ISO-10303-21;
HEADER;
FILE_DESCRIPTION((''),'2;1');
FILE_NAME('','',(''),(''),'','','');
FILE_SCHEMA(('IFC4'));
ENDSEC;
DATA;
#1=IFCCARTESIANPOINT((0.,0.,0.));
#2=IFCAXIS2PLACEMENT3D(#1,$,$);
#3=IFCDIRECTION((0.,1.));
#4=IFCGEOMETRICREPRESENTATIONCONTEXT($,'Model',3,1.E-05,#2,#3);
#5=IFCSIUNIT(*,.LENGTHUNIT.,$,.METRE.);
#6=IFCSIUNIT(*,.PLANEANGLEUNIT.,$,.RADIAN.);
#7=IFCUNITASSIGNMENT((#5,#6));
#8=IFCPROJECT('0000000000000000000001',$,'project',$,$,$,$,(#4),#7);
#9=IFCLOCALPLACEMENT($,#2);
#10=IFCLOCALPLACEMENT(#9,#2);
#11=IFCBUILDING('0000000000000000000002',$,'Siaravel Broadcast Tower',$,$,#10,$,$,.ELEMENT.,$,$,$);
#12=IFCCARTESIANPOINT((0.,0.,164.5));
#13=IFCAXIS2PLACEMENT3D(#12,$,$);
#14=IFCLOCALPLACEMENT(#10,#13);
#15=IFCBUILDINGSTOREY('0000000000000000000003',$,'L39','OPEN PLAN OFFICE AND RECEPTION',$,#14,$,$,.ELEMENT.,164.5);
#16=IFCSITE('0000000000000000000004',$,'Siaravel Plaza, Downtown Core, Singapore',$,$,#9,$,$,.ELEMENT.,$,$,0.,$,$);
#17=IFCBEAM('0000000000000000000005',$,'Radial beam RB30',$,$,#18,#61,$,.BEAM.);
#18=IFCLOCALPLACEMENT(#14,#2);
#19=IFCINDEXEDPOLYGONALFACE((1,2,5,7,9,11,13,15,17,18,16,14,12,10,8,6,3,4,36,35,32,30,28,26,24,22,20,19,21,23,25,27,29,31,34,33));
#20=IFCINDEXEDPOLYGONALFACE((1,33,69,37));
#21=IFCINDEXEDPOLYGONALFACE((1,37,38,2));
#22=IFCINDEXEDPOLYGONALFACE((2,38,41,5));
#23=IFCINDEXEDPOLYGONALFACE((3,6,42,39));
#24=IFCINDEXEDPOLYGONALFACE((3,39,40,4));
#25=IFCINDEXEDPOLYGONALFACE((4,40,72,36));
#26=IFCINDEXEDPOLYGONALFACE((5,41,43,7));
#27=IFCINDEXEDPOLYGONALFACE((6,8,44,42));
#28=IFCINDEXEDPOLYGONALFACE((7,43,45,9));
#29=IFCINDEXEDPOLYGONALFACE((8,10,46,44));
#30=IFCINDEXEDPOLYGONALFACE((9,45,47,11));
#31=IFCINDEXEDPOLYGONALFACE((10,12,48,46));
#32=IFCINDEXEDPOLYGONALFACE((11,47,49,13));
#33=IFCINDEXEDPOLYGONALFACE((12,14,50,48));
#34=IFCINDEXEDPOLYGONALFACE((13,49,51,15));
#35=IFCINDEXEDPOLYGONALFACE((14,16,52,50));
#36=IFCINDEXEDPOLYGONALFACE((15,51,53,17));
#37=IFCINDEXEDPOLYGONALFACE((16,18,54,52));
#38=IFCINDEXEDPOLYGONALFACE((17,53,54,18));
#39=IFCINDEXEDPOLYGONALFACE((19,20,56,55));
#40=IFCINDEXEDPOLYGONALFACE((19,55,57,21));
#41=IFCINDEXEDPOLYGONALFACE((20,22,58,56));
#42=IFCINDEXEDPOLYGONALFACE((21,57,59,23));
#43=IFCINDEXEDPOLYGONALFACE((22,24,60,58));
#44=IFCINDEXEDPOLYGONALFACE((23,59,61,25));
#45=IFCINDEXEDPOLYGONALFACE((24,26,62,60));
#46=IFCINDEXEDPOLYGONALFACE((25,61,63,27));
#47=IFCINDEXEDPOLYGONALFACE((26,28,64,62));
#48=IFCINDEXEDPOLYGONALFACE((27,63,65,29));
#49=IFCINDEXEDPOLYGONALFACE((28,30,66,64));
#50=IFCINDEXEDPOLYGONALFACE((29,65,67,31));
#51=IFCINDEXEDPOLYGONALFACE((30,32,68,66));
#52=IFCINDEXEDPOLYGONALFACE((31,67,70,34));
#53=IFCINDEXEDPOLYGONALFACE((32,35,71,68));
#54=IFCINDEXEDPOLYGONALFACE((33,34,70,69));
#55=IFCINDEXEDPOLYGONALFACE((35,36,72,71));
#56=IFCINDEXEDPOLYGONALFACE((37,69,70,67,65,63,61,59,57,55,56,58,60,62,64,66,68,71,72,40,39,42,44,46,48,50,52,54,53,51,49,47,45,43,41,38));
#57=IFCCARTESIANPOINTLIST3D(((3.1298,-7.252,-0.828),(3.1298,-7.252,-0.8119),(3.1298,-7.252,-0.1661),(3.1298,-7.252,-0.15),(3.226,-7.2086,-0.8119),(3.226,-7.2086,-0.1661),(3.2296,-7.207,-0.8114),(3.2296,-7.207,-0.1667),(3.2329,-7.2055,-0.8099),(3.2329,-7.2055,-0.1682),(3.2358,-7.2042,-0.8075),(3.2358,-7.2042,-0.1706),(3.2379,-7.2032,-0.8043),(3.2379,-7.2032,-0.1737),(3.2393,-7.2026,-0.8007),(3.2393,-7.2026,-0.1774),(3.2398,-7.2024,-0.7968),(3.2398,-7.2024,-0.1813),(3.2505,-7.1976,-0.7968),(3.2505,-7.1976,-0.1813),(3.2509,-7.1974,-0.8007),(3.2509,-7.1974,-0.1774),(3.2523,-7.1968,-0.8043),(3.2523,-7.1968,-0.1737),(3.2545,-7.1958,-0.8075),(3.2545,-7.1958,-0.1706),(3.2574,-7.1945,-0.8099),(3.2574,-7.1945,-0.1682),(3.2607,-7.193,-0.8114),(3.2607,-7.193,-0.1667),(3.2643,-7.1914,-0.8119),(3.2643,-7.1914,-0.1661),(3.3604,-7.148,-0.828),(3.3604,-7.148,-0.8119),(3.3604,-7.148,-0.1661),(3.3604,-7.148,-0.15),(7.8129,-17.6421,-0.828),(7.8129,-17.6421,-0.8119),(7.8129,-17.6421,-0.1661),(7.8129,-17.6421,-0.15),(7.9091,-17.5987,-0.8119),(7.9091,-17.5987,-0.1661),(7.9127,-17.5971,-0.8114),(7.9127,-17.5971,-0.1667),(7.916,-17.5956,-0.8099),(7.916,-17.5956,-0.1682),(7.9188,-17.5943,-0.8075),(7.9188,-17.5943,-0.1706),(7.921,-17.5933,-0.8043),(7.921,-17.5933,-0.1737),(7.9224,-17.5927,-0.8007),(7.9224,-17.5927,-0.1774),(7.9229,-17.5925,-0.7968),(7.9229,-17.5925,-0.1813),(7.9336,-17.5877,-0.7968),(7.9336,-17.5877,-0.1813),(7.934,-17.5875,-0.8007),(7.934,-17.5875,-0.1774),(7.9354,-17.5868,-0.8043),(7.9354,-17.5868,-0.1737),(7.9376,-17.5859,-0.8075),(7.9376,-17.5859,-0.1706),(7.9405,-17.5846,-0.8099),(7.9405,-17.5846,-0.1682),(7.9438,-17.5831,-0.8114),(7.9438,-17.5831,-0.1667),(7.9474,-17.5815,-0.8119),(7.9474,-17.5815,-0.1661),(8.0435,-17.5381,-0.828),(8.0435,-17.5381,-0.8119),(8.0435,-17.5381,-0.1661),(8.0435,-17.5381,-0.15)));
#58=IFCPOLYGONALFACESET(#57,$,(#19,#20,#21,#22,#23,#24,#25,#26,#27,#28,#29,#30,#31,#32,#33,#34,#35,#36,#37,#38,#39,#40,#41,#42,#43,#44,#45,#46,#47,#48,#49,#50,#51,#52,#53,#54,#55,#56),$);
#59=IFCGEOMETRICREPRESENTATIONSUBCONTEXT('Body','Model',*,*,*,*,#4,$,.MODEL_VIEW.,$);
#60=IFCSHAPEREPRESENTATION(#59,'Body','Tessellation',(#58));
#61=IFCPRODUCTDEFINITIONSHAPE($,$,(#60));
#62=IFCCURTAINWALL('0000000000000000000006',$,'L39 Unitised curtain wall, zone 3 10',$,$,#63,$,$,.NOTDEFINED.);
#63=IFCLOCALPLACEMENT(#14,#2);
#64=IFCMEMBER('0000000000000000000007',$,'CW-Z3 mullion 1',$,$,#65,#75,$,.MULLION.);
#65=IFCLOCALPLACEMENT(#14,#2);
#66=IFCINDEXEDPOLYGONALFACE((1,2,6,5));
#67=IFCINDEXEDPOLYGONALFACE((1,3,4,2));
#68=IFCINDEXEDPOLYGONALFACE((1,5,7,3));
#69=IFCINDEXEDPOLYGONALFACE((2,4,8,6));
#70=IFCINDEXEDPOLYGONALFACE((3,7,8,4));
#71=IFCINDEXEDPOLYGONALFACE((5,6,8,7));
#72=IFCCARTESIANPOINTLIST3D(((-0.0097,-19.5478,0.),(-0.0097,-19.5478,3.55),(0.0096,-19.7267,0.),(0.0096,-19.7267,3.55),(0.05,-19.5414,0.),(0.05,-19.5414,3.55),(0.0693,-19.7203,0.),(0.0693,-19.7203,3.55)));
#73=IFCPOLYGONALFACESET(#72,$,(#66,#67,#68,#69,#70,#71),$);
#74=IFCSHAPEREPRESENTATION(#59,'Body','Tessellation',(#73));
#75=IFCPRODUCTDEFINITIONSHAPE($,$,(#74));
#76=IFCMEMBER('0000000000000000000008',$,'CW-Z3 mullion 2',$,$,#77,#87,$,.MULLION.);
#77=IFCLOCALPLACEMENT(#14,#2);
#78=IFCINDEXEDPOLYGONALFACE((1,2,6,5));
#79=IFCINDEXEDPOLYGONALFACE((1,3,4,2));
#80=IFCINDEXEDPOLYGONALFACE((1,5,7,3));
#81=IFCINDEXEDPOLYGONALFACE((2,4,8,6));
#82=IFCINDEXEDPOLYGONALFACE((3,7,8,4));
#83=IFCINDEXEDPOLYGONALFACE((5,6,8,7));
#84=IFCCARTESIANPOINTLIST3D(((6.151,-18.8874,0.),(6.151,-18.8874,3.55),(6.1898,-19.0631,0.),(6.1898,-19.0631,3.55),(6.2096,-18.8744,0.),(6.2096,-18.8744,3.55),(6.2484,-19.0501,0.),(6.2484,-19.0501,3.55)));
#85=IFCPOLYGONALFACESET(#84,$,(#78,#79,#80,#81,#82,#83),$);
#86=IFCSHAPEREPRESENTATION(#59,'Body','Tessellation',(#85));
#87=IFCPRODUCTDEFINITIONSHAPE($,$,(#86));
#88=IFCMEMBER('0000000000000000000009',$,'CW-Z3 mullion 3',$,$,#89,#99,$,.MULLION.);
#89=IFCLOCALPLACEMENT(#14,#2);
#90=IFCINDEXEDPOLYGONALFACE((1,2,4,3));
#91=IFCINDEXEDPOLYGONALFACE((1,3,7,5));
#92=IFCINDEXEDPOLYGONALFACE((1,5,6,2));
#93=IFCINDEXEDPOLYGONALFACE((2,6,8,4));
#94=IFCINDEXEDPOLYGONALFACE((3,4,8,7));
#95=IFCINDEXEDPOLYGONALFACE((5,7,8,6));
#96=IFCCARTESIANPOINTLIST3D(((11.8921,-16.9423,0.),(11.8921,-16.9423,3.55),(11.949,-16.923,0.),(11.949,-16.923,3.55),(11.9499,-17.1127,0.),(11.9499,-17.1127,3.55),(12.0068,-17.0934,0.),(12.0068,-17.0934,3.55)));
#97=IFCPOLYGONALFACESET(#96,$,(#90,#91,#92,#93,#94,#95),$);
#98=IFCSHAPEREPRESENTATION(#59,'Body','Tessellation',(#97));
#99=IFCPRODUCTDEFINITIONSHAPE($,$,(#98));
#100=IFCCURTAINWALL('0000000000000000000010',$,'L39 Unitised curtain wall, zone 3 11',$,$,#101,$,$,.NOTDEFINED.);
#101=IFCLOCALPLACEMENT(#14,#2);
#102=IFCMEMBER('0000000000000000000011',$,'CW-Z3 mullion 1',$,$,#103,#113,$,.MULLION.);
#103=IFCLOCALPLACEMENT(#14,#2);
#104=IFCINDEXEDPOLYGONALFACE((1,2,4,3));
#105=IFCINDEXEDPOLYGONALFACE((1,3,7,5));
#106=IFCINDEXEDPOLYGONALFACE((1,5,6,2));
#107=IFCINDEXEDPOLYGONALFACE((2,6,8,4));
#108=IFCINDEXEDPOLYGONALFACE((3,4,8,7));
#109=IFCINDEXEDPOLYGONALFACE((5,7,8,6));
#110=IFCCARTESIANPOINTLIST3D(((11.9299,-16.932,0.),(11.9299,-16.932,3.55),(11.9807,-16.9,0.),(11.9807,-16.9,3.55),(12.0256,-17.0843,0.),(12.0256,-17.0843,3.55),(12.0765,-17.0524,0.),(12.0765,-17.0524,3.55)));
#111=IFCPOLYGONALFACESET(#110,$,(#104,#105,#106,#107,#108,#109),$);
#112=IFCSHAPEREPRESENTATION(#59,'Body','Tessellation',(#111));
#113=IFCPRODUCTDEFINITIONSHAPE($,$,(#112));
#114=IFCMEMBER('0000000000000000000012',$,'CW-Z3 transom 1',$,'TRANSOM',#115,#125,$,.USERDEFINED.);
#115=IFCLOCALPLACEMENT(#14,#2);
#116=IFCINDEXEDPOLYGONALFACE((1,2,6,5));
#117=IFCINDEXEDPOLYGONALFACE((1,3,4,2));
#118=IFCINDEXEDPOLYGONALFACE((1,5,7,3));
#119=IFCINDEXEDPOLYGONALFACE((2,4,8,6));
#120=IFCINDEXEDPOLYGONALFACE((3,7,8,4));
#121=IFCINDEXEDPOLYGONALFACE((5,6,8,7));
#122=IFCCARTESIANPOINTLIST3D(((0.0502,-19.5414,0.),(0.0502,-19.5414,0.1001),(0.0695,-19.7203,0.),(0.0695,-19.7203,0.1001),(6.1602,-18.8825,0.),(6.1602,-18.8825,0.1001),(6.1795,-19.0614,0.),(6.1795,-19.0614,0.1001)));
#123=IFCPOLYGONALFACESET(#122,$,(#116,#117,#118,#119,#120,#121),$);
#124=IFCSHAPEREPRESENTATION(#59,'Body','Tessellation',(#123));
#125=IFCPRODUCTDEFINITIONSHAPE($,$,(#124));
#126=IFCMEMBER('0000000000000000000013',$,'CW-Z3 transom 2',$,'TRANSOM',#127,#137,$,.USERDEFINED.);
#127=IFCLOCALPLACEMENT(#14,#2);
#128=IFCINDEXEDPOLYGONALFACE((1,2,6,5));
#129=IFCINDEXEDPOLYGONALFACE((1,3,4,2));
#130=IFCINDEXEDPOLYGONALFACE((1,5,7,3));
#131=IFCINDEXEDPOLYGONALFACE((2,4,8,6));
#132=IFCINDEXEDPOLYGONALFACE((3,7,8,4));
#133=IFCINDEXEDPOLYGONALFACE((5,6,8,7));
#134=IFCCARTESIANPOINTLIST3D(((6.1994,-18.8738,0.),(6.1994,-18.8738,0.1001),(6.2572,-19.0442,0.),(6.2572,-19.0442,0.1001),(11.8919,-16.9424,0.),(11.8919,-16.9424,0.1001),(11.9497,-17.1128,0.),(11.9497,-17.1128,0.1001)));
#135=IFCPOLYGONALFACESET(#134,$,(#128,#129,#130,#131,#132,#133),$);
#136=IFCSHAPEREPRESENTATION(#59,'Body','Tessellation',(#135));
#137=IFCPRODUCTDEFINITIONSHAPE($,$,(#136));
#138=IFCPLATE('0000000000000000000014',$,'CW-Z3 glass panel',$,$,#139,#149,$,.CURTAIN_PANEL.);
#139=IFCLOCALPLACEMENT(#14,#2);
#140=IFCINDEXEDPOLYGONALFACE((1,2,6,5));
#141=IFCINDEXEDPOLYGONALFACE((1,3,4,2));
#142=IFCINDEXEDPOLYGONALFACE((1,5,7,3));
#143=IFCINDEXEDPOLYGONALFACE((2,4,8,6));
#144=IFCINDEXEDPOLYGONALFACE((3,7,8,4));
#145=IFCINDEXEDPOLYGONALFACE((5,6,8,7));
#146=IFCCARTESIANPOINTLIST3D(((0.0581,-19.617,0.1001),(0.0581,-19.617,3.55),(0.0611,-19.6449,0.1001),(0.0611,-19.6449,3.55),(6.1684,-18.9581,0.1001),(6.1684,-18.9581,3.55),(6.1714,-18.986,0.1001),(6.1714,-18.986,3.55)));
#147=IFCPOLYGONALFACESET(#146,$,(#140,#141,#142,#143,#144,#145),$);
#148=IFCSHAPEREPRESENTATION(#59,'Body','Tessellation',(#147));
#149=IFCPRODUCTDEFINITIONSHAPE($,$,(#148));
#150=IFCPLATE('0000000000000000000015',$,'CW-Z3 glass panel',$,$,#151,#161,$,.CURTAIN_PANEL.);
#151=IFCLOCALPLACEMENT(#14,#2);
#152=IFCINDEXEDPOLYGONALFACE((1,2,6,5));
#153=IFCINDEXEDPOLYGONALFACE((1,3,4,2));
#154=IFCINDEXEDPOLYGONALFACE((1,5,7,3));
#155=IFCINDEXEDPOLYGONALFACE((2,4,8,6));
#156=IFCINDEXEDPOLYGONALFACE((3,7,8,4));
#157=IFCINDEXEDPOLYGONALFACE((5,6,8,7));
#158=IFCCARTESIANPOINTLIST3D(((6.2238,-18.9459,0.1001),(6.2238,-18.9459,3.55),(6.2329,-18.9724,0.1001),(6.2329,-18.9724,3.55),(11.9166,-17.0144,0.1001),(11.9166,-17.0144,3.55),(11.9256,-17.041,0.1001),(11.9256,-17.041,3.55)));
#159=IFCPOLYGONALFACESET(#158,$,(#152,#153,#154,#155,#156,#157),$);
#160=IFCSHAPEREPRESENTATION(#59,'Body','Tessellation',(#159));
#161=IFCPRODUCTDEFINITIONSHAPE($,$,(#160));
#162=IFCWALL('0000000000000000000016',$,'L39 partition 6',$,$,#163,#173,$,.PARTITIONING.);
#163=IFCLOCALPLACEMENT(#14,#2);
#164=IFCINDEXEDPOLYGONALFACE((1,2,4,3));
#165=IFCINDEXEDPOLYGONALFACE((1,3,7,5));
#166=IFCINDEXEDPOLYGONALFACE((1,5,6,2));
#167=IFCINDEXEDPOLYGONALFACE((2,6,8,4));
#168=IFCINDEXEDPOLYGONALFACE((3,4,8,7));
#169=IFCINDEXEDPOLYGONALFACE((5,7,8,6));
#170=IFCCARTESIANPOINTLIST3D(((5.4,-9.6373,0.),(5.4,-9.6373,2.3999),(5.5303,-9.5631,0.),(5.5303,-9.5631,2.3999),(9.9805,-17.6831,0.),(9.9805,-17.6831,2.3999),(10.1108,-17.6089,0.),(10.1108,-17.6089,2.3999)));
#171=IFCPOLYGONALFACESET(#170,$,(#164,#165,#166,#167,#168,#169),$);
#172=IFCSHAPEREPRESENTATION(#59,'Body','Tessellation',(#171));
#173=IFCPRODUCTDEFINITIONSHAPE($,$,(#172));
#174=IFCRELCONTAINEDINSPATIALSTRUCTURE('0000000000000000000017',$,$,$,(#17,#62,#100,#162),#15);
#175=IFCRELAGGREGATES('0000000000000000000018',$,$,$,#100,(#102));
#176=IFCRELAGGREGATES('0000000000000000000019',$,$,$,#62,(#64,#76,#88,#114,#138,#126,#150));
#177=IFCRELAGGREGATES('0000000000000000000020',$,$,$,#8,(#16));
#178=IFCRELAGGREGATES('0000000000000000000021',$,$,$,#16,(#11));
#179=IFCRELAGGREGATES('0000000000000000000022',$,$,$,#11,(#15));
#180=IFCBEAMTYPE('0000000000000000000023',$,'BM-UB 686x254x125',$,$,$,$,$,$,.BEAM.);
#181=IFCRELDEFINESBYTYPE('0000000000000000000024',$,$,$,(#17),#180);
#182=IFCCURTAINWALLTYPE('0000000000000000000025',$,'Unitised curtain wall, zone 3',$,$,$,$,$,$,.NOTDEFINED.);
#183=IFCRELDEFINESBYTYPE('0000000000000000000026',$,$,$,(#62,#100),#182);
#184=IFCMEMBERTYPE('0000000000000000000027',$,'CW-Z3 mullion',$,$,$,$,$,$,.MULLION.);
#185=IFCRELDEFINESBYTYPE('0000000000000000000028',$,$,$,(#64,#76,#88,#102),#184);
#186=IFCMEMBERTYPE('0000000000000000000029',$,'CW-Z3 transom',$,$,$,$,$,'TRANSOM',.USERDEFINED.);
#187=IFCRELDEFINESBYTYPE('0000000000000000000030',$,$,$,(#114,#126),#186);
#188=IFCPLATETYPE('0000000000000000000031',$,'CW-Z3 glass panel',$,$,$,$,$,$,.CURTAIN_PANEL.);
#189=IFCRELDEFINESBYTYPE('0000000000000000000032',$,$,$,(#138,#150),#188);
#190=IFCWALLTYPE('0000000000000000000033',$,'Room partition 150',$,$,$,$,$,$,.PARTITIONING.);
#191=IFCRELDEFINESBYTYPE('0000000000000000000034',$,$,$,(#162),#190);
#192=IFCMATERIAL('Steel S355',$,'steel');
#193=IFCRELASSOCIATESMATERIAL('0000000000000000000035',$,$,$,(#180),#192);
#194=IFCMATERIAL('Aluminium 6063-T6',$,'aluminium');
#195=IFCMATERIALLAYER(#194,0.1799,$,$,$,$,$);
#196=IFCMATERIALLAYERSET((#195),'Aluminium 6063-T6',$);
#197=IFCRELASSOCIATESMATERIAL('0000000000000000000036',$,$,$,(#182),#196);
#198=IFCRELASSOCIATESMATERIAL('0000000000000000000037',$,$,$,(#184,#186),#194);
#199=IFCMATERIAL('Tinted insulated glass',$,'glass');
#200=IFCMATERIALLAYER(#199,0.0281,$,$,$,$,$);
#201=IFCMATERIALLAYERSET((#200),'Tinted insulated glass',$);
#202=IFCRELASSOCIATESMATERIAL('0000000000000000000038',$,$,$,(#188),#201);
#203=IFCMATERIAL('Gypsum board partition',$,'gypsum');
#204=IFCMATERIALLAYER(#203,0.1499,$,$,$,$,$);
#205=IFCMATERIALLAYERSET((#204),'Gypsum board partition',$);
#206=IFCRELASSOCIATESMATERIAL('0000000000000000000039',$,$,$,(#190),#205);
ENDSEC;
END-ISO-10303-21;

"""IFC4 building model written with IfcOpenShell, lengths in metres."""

from ifc_helpers import new_model, si_unit, direction, frame, frame_2d, origin, origin_2d, place, context, subcontext, project, spatial, rectangle, i_section, extrude, material, layer, layer_set, material_profile, profile_set, type_object, element, aggregate, save


model = new_model("IFC4")

# Units and contexts
model_context = context("Model", 3, precision=1e-05, world=origin(), true_north=direction((0.0, 1.0)))
body_context = subcontext(model_context, "Body", "Model", "MODEL_VIEW")
ifc_project = project(units=[si_unit("LENGTHUNIT", "METRE"), si_unit("PLANEANGLEUNIT", "RADIAN")], contexts=[model_context])

# Site, building, storey
site_placement = place(None, origin())
site = spatial("IfcSite", under=ifc_project, at=site_placement, Name="Siaravel Plaza, Downtown Core, Singapore", CompositionType="ELEMENT", RefElevation=0.0)
building_placement = place(site_placement, origin())
building = spatial("IfcBuilding", under=site, at=building_placement, Name="Siaravel Broadcast Tower", CompositionType="ELEMENT")
storey_placement = place(building_placement, frame((0.0, 0.0, 164.5)))
storey = spatial("IfcBuildingStorey", under=building, at=storey_placement, Name="L39", Description="OPEN PLAN OFFICE AND RECEPTION", CompositionType="ELEMENT", Elevation=164.5)

# Beam
ifc_material_1 = material(Name="Steel S355", Category="steel")
ifc_material_profile_1 = material_profile(ifc_material_1, i_section(OverallWidth=0.2529, OverallDepth=0.678, WebThickness=0.0117, FlangeThickness=0.0161, FilletRadius=0.0151, at=origin_2d()))
ifc_profile_set_1 = profile_set([ifc_material_profile_1], Name="Steel S355")
beam_type = type_object("IfcBeamType", Name="BM-UB 686x254x125", PredefinedType="BEAM", material=ifc_profile_set_1)
beam_1_placement = place(storey_placement, frame((7.9282, -17.5901, -0.489), z_axis=(-0.410915, 0.911674, 0.0), x_axis=(-0.911674, -0.410915, 0.0)))
element("IfcBeam", 1, at=beam_1_placement, inside=storey, type_object=beam_type, Name="Radial beam RB30", PredefinedType="BEAM", context=body_context, shape_type="SweptSolid", body=[
    extrude(i_section(OverallWidth=0.2529, OverallDepth=0.678, WebThickness=0.0117, FlangeThickness=0.0161, FilletRadius=0.0151, at=origin_2d()), origin(), (0.0, 0.0, 1.0), 11.3967),
])

# Curtain wall, members
ifc_material_2 = material(Name="Aluminium 6063-T6", Category="aluminium")
ifc_layer_1 = layer(ifc_material_2, 0.1799)
ifc_layer_set_1 = layer_set([ifc_layer_1], Name="Aluminium 6063-T6")
curtain_wall_type = type_object("IfcCurtainWallType", Name="Unitised curtain wall, zone 3", PredefinedType="NOTDEFINED", material=ifc_layer_set_1)
curtain_wall_1_placement = place(storey_placement, origin())
curtain_wall_1 = element("IfcCurtainWall", 2, at=curtain_wall_1_placement, inside=storey, type_object=curtain_wall_type, Name="L39 Unitised curtain wall, zone 3 10", PredefinedType="NOTDEFINED")
ifc_material_profile_2 = material_profile(ifc_material_2, rectangle(XDim=0.1799, YDim=0.0601, at=origin_2d()))
ifc_profile_set_2 = profile_set([ifc_material_profile_2], Name="Aluminium 6063-T6")
member_type_1 = type_object("IfcMemberType", Name="CW-Z3 mullion", PredefinedType="MULLION", material=ifc_profile_set_2)
member_1_placement = place(storey_placement, frame((0.0298, -19.634, 0.0), z_axis=(0.0, 0.0, 1.0), x_axis=(-0.107218, 0.994236, 0.0)))
member_1 = element("IfcMember", 3, at=member_1_placement, type_object=member_type_1, Name="CW-Z3 mullion 1", PredefinedType="MULLION", context=body_context, shape_type="SweptSolid", body=[
    extrude(rectangle(XDim=0.1799, YDim=0.0601, at=origin_2d()), origin(), (0.0, 0.0, 1.0), 3.55),
])
member_2_placement = place(storey_placement, frame((6.1997, -18.9688, 0.0), z_axis=(0.0, 0.0, 1.0), x_axis=(-0.215559, 0.976491, 0.0)))
member_2 = element("IfcMember", 4, at=member_2_placement, type_object=member_type_1, Name="CW-Z3 mullion 2", PredefinedType="MULLION", context=body_context, shape_type="SweptSolid", body=[
    extrude(rectangle(XDim=0.1799, YDim=0.0601, at=origin_2d()), origin(), (0.0, 0.0, 1.0), 3.55),
])
member_3_placement = place(storey_placement, frame((11.9495, -17.0178, 0.0), z_axis=(0.0, 0.0, 1.0), x_axis=(-0.321301, 0.946977, 0.0)))
member_3 = element("IfcMember", 5, at=member_3_placement, type_object=member_type_1, Name="CW-Z3 mullion 3", PredefinedType="MULLION", context=body_context, shape_type="SweptSolid", body=[
    extrude(rectangle(XDim=0.1799, YDim=0.0601, at=origin_2d()), origin(), (0.0, 0.0, 1.0), 3.55),
])

# Curtain wall, member
curtain_wall_2_placement = place(storey_placement, origin())
curtain_wall_2 = element("IfcCurtainWall", 6, at=curtain_wall_2_placement, inside=storey, type_object=curtain_wall_type, Name="L39 Unitised curtain wall, zone 3 11", PredefinedType="NOTDEFINED")
member_4_placement = place(storey_placement, frame((12.0032, -16.9922, 0.0), z_axis=(0.0, 0.0, 1.0), x_axis=(-0.53215, 0.84665, 0.0)))
member_4 = element("IfcMember", 7, at=member_4_placement, type_object=member_type_1, Name="CW-Z3 mullion 1", PredefinedType="MULLION", context=body_context, shape_type="SweptSolid", body=[
    extrude(rectangle(XDim=0.1799, YDim=0.0601, at=origin_2d()), origin(), (0.0, 0.0, 1.0), 3.55),
])
aggregate(curtain_wall_2, [member_4])

# Members
ifc_material_profile_3 = material_profile(ifc_material_2, rectangle(XDim=0.1799, YDim=0.1001, at=origin_2d()))
ifc_profile_set_3 = profile_set([ifc_material_profile_3], Name="Aluminium 6063-T6")
member_type_2 = type_object("IfcMemberType", Name="CW-Z3 transom", ElementType="TRANSOM", PredefinedType="USERDEFINED", material=ifc_profile_set_3)
member_5_placement = place(storey_placement, frame((0.0598, -19.6309, 0.05), z_axis=(0.994235, 0.107222, 0.0), x_axis=(-0.107222, 0.994235, 0.0)))
member_5 = element("IfcMember", 8, at=member_5_placement, type_object=member_type_2, Name="CW-Z3 transom 1", ObjectType="TRANSOM", PredefinedType="USERDEFINED", context=body_context, shape_type="SweptSolid", body=[
    extrude(rectangle(XDim=0.1799, YDim=0.1001, at=origin_2d()), origin(), (0.0, 0.0, 1.0), 6.1455),
])
member_6_placement = place(storey_placement, frame((6.2283, -18.959, 0.05), z_axis=(0.94698, 0.321292, 0.0), x_axis=(-0.321292, 0.94698, 0.0)))
member_6 = element("IfcMember", 9, at=member_6_placement, type_object=member_type_2, Name="CW-Z3 transom 2", ObjectType="TRANSOM", PredefinedType="USERDEFINED", context=body_context, shape_type="SweptSolid", body=[
    extrude(rectangle(XDim=0.1799, YDim=0.1001, at=origin_2d()), origin(), (0.0, 0.0, 1.0), 6.0112),
])

# Plates
ifc_material_3 = material(Name="Tinted insulated glass", Category="glass")
ifc_layer_2 = layer(ifc_material_3, 0.0281)
ifc_layer_set_2 = layer_set([ifc_layer_2], Name="Tinted insulated glass")
plate_type = type_object("IfcPlateType", Name="CW-Z3 glass panel", PredefinedType="CURTAIN_PANEL", material=ifc_layer_set_2)
plate_1_placement = place(storey_placement, frame((3.1147, -19.3015, 0.1001), z_axis=(0.0, 0.0, 1.0), x_axis=(0.994236, 0.107218, 0.0)))
plate_1 = element("IfcPlate", 10, at=plate_1_placement, type_object=plate_type, Name="CW-Z3 glass panel", PredefinedType="CURTAIN_PANEL", context=body_context, shape_type="SweptSolid", body=[
    extrude(rectangle(XDim=6.1458, YDim=0.0281, at=origin_2d()), origin(), (0.0, 0.0, 1.0), 3.45),
])
plate_2_placement = place(storey_placement, frame((9.0747, -17.9934, 0.1001), z_axis=(0.0, 0.0, 1.0), x_axis=(0.946977, 0.321301, 0.0)))
plate_2 = element("IfcPlate", 11, at=plate_2_placement, type_object=plate_type, Name="CW-Z3 glass panel", PredefinedType="CURTAIN_PANEL", context=body_context, shape_type="SweptSolid", body=[
    extrude(rectangle(XDim=6.0115, YDim=0.0281, at=origin_2d()), origin(), (0.0, 0.0, 1.0), 3.45),
])
aggregate(curtain_wall_1, [member_1, member_2, member_3, member_5, plate_1, member_6, plate_2])

# Wall
ifc_material_4 = material(Name="Gypsum board partition", Category="gypsum")
ifc_layer_3 = layer(ifc_material_4, 0.1499)
ifc_layer_set_3 = layer_set([ifc_layer_3], Name="Gypsum board partition")
wall_type = type_object("IfcWallType", Name="Room partition 150", PredefinedType="PARTITIONING", material=ifc_layer_set_3)
wall_placement = place(storey_placement, frame((10.0457, -17.646, 0.0), z_axis=(0.0, 0.0, 1.0), x_axis=(-0.494747, 0.869037, 0.0)))
element("IfcWall", 12, at=wall_placement, inside=storey, type_object=wall_type, Name="L39 partition 6", PredefinedType="PARTITIONING", context=body_context, shape_type="SweptSolid", body=[
    extrude(rectangle(XDim=9.2583, YDim=0.1499, at=frame_2d((4.6292, 0.0))), origin(), (0.0, 0.0, 1.0), 2.3999),
])

save(model, "model.ifc")
